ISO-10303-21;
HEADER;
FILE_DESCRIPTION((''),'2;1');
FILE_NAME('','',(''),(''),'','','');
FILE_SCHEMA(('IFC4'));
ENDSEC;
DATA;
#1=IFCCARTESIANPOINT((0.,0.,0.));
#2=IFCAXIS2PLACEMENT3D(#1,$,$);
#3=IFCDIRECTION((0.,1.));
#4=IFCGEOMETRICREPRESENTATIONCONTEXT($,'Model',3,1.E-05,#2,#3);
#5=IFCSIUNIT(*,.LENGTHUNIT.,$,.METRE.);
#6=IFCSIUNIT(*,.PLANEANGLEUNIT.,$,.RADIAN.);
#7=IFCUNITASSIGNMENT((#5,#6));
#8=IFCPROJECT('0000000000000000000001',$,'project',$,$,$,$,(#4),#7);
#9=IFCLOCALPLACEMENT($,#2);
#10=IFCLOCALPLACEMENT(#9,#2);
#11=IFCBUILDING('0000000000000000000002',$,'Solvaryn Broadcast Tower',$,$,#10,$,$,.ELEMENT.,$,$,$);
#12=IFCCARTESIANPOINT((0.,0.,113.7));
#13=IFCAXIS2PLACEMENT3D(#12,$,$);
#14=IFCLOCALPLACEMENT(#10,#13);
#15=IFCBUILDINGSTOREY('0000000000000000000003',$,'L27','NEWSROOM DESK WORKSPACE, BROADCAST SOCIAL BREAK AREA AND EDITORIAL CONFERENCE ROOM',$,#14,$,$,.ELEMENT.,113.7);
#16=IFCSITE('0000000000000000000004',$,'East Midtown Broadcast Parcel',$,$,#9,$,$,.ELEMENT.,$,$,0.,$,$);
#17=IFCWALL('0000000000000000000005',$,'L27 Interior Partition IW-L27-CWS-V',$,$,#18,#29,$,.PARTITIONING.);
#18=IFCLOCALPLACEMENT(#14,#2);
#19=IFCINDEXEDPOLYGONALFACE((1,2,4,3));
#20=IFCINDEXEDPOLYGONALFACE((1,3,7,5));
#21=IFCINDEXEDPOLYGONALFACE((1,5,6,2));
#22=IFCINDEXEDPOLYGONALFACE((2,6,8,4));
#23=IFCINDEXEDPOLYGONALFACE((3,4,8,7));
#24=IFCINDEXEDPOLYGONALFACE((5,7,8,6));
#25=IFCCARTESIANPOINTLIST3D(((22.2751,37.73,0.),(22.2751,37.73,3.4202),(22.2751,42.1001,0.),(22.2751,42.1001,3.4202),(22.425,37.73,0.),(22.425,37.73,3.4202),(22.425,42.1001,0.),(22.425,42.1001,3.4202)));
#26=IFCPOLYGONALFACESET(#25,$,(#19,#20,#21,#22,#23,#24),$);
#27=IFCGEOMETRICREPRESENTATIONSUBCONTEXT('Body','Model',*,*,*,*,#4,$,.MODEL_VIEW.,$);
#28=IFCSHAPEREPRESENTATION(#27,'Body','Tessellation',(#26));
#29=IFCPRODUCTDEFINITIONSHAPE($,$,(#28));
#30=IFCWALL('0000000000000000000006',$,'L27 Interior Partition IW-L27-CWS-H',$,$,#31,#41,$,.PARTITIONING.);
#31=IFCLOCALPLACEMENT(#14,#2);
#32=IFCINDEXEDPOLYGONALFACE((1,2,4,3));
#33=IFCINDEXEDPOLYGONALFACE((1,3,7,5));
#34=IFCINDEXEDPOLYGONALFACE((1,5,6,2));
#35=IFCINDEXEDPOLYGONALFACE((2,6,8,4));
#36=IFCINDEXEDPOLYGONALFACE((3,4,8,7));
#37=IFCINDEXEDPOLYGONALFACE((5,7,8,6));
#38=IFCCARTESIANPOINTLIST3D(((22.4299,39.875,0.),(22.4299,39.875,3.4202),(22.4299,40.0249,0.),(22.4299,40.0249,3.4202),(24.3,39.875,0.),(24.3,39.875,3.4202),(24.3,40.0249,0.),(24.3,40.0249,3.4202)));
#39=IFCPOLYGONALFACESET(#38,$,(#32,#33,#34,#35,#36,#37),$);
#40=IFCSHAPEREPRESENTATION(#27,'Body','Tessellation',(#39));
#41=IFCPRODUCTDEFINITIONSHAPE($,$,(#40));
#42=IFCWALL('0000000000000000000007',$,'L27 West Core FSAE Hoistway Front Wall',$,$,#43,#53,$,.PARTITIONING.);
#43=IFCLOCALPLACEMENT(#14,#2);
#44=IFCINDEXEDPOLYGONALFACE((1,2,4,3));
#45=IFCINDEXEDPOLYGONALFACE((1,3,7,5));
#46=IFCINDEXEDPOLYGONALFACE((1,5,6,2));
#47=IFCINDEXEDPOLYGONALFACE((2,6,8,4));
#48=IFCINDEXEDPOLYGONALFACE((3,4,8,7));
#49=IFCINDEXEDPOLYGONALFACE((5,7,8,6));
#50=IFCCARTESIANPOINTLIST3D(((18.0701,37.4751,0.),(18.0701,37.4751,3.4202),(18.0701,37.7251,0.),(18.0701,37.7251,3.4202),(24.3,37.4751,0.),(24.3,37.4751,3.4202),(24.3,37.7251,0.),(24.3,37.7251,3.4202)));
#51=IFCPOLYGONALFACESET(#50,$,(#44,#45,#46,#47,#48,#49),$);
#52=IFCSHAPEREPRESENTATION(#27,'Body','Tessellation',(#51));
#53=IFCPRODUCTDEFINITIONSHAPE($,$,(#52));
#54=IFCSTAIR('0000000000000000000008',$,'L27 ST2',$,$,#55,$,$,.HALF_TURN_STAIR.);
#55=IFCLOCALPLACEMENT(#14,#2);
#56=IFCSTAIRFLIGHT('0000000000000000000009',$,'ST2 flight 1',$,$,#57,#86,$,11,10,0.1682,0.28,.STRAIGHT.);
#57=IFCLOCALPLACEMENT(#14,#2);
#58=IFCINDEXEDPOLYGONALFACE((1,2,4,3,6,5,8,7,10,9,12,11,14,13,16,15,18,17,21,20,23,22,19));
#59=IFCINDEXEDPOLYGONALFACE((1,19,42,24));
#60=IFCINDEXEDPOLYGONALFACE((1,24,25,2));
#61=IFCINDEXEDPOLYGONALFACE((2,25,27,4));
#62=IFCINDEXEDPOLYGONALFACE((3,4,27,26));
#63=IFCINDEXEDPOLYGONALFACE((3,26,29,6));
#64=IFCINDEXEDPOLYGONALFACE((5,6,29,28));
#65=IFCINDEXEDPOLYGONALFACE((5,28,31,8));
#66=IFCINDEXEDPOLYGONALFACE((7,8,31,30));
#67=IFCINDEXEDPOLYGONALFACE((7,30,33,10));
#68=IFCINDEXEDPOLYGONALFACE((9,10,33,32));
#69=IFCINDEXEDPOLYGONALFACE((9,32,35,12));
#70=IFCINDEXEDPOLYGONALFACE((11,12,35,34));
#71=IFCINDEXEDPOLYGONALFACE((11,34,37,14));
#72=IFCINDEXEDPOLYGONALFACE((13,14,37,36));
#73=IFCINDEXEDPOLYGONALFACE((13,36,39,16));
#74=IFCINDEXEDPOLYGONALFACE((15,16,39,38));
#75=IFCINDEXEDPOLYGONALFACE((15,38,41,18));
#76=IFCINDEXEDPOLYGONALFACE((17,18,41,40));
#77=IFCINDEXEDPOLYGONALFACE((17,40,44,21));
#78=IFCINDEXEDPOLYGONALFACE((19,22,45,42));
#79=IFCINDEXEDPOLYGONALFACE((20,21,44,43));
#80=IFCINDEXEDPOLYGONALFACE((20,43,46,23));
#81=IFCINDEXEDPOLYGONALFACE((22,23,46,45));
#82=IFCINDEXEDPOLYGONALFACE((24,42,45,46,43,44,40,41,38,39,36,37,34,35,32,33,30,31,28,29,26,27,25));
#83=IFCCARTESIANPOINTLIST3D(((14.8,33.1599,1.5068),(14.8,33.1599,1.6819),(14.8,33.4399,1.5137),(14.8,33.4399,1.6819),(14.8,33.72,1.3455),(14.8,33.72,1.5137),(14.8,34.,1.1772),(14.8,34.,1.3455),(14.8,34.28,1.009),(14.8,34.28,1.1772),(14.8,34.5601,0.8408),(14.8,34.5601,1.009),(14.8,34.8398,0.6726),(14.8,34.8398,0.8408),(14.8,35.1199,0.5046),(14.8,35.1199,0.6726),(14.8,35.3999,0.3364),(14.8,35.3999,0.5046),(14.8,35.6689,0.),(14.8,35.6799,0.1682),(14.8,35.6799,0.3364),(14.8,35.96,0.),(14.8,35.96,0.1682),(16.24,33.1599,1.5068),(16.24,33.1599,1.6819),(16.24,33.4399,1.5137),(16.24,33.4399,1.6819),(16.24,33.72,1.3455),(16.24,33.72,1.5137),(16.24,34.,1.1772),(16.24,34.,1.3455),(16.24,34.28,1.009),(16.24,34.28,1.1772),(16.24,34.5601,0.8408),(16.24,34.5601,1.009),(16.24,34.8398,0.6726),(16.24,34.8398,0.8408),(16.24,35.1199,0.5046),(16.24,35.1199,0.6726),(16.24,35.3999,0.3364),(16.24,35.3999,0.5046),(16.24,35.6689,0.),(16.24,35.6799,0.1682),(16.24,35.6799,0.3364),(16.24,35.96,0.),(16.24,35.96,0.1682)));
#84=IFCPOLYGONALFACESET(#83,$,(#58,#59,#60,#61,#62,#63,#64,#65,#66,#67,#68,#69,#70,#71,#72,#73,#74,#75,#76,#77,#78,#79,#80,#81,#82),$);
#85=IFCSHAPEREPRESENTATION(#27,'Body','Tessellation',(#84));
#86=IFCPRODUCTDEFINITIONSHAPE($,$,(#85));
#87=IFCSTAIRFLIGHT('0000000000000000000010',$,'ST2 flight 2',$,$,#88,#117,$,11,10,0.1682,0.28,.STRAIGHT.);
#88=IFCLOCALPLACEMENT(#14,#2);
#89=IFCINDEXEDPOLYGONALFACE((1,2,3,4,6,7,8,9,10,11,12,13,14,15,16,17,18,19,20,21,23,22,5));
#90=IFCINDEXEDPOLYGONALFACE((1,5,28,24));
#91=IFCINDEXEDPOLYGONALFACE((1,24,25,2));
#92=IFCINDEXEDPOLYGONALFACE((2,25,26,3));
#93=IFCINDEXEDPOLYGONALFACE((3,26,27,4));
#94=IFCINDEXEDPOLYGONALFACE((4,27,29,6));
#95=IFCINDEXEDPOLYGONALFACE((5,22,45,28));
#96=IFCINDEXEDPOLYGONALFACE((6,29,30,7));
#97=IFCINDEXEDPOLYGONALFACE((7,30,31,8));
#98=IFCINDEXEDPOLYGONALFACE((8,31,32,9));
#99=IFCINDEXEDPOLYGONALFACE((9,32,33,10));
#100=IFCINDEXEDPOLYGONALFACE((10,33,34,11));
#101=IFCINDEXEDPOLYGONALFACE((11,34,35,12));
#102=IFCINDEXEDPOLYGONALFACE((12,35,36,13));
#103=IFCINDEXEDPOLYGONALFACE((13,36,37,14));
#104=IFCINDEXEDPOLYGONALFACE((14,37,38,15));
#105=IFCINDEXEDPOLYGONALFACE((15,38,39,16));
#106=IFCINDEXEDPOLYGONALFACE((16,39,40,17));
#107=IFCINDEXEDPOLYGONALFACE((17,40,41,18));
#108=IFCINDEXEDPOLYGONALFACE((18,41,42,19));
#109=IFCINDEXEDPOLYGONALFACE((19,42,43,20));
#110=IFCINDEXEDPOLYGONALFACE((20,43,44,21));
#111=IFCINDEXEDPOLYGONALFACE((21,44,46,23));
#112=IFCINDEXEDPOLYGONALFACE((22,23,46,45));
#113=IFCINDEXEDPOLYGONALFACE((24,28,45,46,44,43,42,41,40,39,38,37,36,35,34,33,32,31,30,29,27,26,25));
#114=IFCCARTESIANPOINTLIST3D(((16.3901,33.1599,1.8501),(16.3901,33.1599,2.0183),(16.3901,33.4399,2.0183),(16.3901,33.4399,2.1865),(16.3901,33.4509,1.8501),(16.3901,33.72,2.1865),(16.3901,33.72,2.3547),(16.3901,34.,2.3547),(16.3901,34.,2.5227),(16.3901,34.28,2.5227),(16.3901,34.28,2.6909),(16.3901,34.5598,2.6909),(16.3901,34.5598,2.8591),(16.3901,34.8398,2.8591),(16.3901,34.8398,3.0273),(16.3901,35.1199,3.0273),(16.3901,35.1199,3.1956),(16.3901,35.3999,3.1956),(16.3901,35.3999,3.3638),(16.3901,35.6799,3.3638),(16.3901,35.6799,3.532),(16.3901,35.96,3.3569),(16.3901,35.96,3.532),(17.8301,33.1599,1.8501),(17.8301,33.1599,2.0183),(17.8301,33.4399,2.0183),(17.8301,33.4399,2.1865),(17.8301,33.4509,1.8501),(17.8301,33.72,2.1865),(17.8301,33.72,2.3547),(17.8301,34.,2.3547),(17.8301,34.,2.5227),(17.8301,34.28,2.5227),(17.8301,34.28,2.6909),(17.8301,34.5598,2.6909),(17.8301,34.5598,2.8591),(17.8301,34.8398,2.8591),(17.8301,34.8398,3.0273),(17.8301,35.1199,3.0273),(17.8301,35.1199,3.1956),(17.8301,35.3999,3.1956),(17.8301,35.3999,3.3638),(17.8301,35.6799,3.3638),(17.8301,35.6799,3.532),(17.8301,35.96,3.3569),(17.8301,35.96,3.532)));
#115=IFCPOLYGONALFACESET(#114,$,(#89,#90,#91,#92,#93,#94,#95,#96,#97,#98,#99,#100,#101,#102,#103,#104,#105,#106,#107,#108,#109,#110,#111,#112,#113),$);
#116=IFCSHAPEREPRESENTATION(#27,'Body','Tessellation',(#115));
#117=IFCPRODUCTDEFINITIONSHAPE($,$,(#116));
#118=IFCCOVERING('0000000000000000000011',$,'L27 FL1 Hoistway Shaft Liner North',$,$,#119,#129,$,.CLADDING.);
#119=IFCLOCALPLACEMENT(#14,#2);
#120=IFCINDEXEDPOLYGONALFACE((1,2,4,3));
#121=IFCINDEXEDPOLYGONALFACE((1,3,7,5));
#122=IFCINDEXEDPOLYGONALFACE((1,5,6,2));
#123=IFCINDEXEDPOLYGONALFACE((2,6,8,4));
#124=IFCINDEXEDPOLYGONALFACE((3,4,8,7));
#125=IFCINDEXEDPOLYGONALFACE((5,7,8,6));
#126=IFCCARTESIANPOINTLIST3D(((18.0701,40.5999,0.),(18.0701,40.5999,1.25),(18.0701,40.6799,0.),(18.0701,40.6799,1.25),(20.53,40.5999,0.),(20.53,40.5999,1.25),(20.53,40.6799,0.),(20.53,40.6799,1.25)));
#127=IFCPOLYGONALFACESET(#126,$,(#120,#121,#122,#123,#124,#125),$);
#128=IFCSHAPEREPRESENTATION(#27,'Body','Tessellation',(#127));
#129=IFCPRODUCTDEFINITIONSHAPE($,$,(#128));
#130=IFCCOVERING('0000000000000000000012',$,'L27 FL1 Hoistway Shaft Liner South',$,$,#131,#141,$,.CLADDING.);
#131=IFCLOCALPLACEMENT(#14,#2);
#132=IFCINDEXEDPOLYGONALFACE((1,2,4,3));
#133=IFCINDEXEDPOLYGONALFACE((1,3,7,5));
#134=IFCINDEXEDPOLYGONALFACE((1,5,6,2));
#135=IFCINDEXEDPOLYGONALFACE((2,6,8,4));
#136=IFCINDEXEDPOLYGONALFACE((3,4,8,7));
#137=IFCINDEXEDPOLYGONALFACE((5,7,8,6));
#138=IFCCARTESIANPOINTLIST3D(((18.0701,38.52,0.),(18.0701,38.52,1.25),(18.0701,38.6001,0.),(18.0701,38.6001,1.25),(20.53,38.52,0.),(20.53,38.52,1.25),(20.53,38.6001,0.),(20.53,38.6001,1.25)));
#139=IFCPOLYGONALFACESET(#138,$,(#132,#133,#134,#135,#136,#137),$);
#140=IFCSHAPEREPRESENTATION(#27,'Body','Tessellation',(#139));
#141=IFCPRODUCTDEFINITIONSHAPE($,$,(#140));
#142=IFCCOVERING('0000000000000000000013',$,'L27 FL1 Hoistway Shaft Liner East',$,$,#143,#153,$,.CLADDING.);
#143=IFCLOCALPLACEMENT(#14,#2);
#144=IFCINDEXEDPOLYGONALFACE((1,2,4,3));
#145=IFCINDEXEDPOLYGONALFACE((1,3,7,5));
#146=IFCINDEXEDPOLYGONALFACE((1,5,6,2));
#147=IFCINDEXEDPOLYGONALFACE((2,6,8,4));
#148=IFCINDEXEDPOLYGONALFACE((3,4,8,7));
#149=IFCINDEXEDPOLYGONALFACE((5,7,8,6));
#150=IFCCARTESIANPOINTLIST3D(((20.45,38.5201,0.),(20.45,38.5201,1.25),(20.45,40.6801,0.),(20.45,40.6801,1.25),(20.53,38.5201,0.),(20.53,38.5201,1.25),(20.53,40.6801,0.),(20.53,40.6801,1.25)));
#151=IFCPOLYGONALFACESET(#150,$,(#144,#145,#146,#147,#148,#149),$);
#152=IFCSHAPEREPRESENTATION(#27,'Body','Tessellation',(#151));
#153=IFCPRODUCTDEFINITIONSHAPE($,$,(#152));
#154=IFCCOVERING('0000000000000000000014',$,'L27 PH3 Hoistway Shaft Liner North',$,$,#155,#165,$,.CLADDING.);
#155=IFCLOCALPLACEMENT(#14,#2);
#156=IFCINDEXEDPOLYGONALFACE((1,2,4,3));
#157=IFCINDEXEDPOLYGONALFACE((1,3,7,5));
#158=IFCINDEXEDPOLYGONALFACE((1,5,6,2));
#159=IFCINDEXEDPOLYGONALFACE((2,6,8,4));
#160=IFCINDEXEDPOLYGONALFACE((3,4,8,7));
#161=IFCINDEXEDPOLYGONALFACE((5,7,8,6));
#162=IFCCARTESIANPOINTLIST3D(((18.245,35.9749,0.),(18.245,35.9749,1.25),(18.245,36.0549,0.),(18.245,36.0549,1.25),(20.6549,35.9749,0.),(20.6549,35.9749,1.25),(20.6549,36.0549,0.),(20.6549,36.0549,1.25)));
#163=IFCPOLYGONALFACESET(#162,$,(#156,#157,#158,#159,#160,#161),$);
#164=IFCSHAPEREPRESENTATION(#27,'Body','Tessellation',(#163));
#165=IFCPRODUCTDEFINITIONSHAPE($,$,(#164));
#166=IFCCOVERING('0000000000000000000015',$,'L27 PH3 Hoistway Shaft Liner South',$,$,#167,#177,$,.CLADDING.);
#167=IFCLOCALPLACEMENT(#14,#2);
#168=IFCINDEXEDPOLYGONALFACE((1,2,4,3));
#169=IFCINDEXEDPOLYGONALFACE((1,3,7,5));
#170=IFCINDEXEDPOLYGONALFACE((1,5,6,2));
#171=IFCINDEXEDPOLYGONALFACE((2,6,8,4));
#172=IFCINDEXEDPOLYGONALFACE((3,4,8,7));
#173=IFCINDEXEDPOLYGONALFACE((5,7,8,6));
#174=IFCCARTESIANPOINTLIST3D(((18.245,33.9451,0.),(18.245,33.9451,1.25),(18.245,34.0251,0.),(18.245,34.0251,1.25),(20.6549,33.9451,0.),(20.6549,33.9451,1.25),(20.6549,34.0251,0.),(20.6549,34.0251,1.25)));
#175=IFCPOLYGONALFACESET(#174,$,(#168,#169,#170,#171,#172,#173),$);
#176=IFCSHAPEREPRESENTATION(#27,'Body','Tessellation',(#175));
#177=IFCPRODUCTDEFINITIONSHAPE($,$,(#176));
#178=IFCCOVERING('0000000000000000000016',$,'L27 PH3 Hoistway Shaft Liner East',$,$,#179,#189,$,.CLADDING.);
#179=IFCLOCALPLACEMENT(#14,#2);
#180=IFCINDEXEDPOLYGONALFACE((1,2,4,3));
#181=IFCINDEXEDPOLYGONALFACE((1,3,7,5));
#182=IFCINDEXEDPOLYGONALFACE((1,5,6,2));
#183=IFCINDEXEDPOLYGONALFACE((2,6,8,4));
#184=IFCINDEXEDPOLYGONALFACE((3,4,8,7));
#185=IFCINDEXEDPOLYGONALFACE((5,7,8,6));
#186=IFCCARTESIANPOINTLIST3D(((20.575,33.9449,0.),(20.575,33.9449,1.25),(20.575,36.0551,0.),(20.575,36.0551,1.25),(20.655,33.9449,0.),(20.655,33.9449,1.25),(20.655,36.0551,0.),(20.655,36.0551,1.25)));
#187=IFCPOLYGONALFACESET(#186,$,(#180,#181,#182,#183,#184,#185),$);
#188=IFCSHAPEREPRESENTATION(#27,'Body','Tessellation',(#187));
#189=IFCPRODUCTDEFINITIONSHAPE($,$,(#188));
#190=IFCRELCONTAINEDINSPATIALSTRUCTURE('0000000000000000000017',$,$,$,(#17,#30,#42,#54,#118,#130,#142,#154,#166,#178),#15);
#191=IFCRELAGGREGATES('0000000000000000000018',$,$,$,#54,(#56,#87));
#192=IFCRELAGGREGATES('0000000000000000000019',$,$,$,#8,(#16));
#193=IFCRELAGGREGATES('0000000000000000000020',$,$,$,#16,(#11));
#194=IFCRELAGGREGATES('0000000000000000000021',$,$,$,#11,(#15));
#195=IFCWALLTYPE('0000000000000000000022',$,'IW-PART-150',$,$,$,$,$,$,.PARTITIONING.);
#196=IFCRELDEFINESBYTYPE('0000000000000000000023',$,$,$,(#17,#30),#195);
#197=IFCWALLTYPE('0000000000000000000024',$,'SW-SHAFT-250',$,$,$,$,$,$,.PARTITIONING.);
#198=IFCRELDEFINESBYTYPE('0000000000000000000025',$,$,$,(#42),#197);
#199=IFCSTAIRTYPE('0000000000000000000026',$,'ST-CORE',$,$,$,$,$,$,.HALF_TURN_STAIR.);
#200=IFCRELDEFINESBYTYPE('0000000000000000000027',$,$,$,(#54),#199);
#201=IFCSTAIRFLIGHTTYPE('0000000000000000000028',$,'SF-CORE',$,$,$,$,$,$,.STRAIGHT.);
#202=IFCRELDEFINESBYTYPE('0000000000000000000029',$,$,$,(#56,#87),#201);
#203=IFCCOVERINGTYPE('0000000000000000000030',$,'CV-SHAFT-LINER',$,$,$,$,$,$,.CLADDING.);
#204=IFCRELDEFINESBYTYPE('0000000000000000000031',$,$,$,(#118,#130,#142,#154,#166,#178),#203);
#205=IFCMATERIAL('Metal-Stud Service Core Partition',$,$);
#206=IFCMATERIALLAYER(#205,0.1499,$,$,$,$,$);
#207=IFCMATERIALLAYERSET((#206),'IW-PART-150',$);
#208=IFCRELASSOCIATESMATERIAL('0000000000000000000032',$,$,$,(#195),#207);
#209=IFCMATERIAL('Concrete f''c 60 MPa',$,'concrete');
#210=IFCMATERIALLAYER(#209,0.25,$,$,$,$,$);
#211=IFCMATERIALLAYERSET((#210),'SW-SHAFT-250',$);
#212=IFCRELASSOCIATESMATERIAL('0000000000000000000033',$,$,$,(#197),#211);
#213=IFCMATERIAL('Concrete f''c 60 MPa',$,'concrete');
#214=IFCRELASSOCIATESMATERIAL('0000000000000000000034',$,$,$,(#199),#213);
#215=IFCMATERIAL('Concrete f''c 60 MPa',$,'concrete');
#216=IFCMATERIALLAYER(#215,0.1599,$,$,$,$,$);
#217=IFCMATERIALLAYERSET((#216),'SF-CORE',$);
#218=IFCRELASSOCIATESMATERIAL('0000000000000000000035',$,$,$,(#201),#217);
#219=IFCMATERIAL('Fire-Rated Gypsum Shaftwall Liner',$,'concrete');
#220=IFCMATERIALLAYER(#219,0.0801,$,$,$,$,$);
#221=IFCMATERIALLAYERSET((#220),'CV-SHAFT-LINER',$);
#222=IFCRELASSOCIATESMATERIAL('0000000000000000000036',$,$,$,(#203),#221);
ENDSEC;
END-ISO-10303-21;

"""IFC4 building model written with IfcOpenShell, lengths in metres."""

from ifc_helpers import new_model, si_unit, direction, frame, frame_2d, origin, origin_2d, place, context, subcontext, project, spatial, polyline, rectangle, outline, extrude, material, layer, layer_set, type_object, element, aggregate, save


model = new_model("IFC4")

# Units and contexts
model_context = context("Model", 3, precision=1e-05, world=origin(), true_north=direction((0.0, 1.0)))
body_context = subcontext(model_context, "Body", "Model", "MODEL_VIEW")
ifc_project = project(units=[si_unit("LENGTHUNIT", "METRE"), si_unit("PLANEANGLEUNIT", "RADIAN")], contexts=[model_context])

# Site, building, storey
site_placement = place(None, origin())
site = spatial("IfcSite", under=ifc_project, at=site_placement, Name="East Midtown Broadcast Parcel", CompositionType="ELEMENT", RefElevation=0.0)
building_placement = place(site_placement, origin())
building = spatial("IfcBuilding", under=site, at=building_placement, Name="Solvaryn Broadcast Tower", CompositionType="ELEMENT")
storey_placement = place(building_placement, frame((0.0, 0.0, 113.7)))
storey = spatial("IfcBuildingStorey", under=building, at=storey_placement, Name="L27", Description="NEWSROOM DESK WORKSPACE, BROADCAST SOCIAL BREAK AREA AND EDITORIAL CONFERENCE ROOM", CompositionType="ELEMENT", Elevation=113.7)

# Walls
ifc_material_1 = material(Name="Metal-Stud Service Core Partition")
ifc_layer_1 = layer(ifc_material_1, 0.1499)
ifc_layer_set_1 = layer_set([ifc_layer_1], Name="IW-PART-150")
wall_type_1 = type_object("IfcWallType", Name="IW-PART-150", PredefinedType="PARTITIONING", material=ifc_layer_set_1)
wall_1_placement = place(storey_placement, frame((22.3501, 37.73, 0.0), z_axis=(0.0, 0.0, 1.0), x_axis=(0.0, 1.0, 0.0)))
element("IfcWall", 1, at=wall_1_placement, inside=storey, type_object=wall_type_1, Name="L27 Interior Partition IW-L27-CWS-V", PredefinedType="PARTITIONING", context=body_context, shape_type="SweptSolid", body=[
    extrude(rectangle(XDim=4.3701, YDim=0.1499, at=frame_2d((2.1851, 0.0))), origin(), (0.0, 0.0, 1.0), 3.4202),
])
wall_2_placement = place(storey_placement, frame((22.4299, 39.95, 0.0), z_axis=(0.0, 0.0, 1.0), x_axis=(1.0, 0.0, 0.0)))
element("IfcWall", 2, at=wall_2_placement, inside=storey, type_object=wall_type_1, Name="L27 Interior Partition IW-L27-CWS-H", PredefinedType="PARTITIONING", context=body_context, shape_type="SweptSolid", body=[
    extrude(rectangle(XDim=1.8701, YDim=0.1499, at=frame_2d((0.9351, 0.0))), origin(), (0.0, 0.0, 1.0), 3.4202),
])
ifc_material_2 = material(Name="Concrete f'c 60 MPa", Category="concrete")
ifc_layer_2 = layer(ifc_material_2, 0.25)
ifc_layer_set_2 = layer_set([ifc_layer_2], Name="SW-SHAFT-250")
wall_type_2 = type_object("IfcWallType", Name="SW-SHAFT-250", PredefinedType="PARTITIONING", material=ifc_layer_set_2)
wall_3_placement = place(storey_placement, frame((18.0701, 37.6001, 0.0), z_axis=(0.0, 0.0, 1.0), x_axis=(1.0, 0.0, 0.0)))
element("IfcWall", 3, at=wall_3_placement, inside=storey, type_object=wall_type_2, Name="L27 West Core FSAE Hoistway Front Wall", PredefinedType="PARTITIONING", context=body_context, shape_type="SweptSolid", body=[
    extrude(rectangle(XDim=6.23, YDim=0.25, at=frame_2d((3.115, 0.0))), origin(), (0.0, 0.0, 1.0), 3.4202),
])

# Stair, stair flights
ifc_material_3 = material(Name="Concrete f'c 60 MPa", Category="concrete")
stair_type = type_object("IfcStairType", Name="ST-CORE", PredefinedType="HALF_TURN_STAIR", material=ifc_material_3)
stair_placement = place(storey_placement, origin())
stair = element("IfcStair", 4, at=stair_placement, inside=storey, type_object=stair_type, Name="L27 ST2", PredefinedType="HALF_TURN_STAIR")
ifc_material_4 = material(Name="Concrete f'c 60 MPa", Category="concrete")
ifc_layer_3 = layer(ifc_material_4, 0.1599)
ifc_layer_set_3 = layer_set([ifc_layer_3], Name="SF-CORE")
stair_flight_type = type_object("IfcStairFlightType", Name="SF-CORE", PredefinedType="STRAIGHT", material=ifc_layer_set_3)
stair_flight_1_placement = place(storey_placement, frame((15.52, 35.96, 0.0), z_axis=(0.0, 0.0, 1.0), x_axis=(0.0, -1.0, 0.0)))
stair_flight_1 = element("IfcStairFlight", 5, at=stair_flight_1_placement, type_object=stair_flight_type, Name="ST2 flight 1", NumberOfRisers=11, NumberOfTreads=10, PredefinedType="STRAIGHT", RiserHeight=0.1682, TreadLength=0.28, context=body_context, shape_type="SweptSolid", body=[
    extrude(outline(polyline([(0.0, 0.0), (0.0, 0.1682), (0.28, 0.1682), (0.28, 0.3364), (0.5601, 0.3364), (0.5601, 0.5046), (0.8401, 0.5046), (0.8401, 0.6726), (1.1201, 0.6726), (1.1201, 0.8408), (1.3999, 0.8408), (1.3999, 1.009), (1.6799, 1.009), (1.6799, 1.1772), (1.96, 1.1772), (1.96, 1.3455), (2.24, 1.3455), (2.24, 1.5137), (2.52, 1.5137), (2.52, 1.6819), (2.8, 1.6819), (2.8, 1.8501), (2.8, 1.5068), (0.291, 0.0), (0.0, 0.0)])), frame((0.0, 0.72, 0.0), z_axis=(0.0, -1.0, 0.0), x_axis=(1.0, 0.0, 0.0)), (0.0, 0.0, 1.0), 1.4399),
])
stair_flight_2_placement = place(storey_placement, frame((17.1101, 33.1599, 1.8501), z_axis=(0.0, 0.0, 1.0), x_axis=(0.0, 1.0, 0.0)))
stair_flight_2 = element("IfcStairFlight", 6, at=stair_flight_2_placement, type_object=stair_flight_type, Name="ST2 flight 2", NumberOfRisers=11, NumberOfTreads=10, PredefinedType="STRAIGHT", RiserHeight=0.1682, TreadLength=0.28, context=body_context, shape_type="SweptSolid", body=[
    extrude(outline(polyline([(0.0, 0.0), (0.0, 0.1682), (0.28, 0.1682), (0.28, 0.3364), (0.5601, 0.3364), (0.5601, 0.5046), (0.8401, 0.5046), (0.8401, 0.6726), (1.1201, 0.6726), (1.1201, 0.8408), (1.3999, 0.8408), (1.3999, 1.009), (1.6799, 1.009), (1.6799, 1.1772), (1.96, 1.1772), (1.96, 1.3455), (2.24, 1.3455), (2.24, 1.5137), (2.52, 1.5137), (2.52, 1.6819), (2.8, 1.6819), (2.8, 1.8501), (2.8, 1.5068), (0.291, 0.0), (0.0, 0.0)])), frame((0.0, 0.72, 0.0), z_axis=(0.0, -1.0, 0.0), x_axis=(1.0, 0.0, 0.0)), (0.0, 0.0, 1.0), 1.4399),
])
aggregate(stair, [stair_flight_1, stair_flight_2])

# Coverings
ifc_material_5 = material(Name="Fire-Rated Gypsum Shaftwall Liner", Category="concrete")
ifc_layer_4 = layer(ifc_material_5, 0.0801)
ifc_layer_set_4 = layer_set([ifc_layer_4], Name="CV-SHAFT-LINER")
covering_type = type_object("IfcCoveringType", Name="CV-SHAFT-LINER", PredefinedType="CLADDING", material=ifc_layer_set_4)
for number, where, z_axis, x_axis, name in (
    (7, (19.3, 40.6399, 0.0), (0.0, 0.0, 1.0), (1.0, 0.0, 0.0), "L27 FL1 Hoistway Shaft Liner North"),
    (8, (19.3, 38.5601, 0.0), (0.0, 0.0, 1.0), (1.0, 0.0, 0.0), "L27 FL1 Hoistway Shaft Liner South"),
):
    element("IfcCovering", number, at=place(storey_placement, frame(where, z_axis=z_axis, x_axis=x_axis)), inside=storey, type_object=covering_type, Name=name, PredefinedType="CLADDING", context=body_context, shape_type="SweptSolid", body=[
        extrude(rectangle(XDim=2.46, YDim=0.0801, at=origin_2d()), origin(), (0.0, 0.0, 1.0), 1.25),
    ])
covering_1_placement = place(storey_placement, frame((20.49, 39.6001, 0.0), z_axis=(0.0, 0.0, 1.0), x_axis=(1.0, 0.0, 0.0)))
element("IfcCovering", 9, at=covering_1_placement, inside=storey, type_object=covering_type, Name="L27 FL1 Hoistway Shaft Liner East", PredefinedType="CLADDING", context=body_context, shape_type="SweptSolid", body=[
    extrude(rectangle(XDim=0.0801, YDim=2.1599, at=origin_2d()), origin(), (0.0, 0.0, 1.0), 1.25),
])
for number, where, z_axis, x_axis, name in (
    (10, (19.45, 36.0149, 0.0), (0.0, 0.0, 1.0), (1.0, 0.0, 0.0), "L27 PH3 Hoistway Shaft Liner North"),
    (11, (19.45, 33.9851, 0.0), (0.0, 0.0, 1.0), (1.0, 0.0, 0.0), "L27 PH3 Hoistway Shaft Liner South"),
):
    element("IfcCovering", number, at=place(storey_placement, frame(where, z_axis=z_axis, x_axis=x_axis)), inside=storey, type_object=covering_type, Name=name, PredefinedType="CLADDING", context=body_context, shape_type="SweptSolid", body=[
        extrude(rectangle(XDim=2.4099, YDim=0.0801, at=origin_2d()), origin(), (0.0, 0.0, 1.0), 1.25),
    ])
for number, where, z_axis, x_axis, name in (
    (12, (20.615, 35.0, 0.0), (0.0, 0.0, 1.0), (1.0, 0.0, 0.0), "L27 PH3 Hoistway Shaft Liner East"),
):
    element("IfcCovering", number, at=place(storey_placement, frame(where, z_axis=z_axis, x_axis=x_axis)), inside=storey, type_object=covering_type, Name=name, PredefinedType="CLADDING", context=body_context, shape_type="SweptSolid", body=[
        extrude(rectangle(XDim=0.0801, YDim=2.1101, at=origin_2d()), origin(), (0.0, 0.0, 1.0), 1.25),
    ])

save(model, "model.ifc")
